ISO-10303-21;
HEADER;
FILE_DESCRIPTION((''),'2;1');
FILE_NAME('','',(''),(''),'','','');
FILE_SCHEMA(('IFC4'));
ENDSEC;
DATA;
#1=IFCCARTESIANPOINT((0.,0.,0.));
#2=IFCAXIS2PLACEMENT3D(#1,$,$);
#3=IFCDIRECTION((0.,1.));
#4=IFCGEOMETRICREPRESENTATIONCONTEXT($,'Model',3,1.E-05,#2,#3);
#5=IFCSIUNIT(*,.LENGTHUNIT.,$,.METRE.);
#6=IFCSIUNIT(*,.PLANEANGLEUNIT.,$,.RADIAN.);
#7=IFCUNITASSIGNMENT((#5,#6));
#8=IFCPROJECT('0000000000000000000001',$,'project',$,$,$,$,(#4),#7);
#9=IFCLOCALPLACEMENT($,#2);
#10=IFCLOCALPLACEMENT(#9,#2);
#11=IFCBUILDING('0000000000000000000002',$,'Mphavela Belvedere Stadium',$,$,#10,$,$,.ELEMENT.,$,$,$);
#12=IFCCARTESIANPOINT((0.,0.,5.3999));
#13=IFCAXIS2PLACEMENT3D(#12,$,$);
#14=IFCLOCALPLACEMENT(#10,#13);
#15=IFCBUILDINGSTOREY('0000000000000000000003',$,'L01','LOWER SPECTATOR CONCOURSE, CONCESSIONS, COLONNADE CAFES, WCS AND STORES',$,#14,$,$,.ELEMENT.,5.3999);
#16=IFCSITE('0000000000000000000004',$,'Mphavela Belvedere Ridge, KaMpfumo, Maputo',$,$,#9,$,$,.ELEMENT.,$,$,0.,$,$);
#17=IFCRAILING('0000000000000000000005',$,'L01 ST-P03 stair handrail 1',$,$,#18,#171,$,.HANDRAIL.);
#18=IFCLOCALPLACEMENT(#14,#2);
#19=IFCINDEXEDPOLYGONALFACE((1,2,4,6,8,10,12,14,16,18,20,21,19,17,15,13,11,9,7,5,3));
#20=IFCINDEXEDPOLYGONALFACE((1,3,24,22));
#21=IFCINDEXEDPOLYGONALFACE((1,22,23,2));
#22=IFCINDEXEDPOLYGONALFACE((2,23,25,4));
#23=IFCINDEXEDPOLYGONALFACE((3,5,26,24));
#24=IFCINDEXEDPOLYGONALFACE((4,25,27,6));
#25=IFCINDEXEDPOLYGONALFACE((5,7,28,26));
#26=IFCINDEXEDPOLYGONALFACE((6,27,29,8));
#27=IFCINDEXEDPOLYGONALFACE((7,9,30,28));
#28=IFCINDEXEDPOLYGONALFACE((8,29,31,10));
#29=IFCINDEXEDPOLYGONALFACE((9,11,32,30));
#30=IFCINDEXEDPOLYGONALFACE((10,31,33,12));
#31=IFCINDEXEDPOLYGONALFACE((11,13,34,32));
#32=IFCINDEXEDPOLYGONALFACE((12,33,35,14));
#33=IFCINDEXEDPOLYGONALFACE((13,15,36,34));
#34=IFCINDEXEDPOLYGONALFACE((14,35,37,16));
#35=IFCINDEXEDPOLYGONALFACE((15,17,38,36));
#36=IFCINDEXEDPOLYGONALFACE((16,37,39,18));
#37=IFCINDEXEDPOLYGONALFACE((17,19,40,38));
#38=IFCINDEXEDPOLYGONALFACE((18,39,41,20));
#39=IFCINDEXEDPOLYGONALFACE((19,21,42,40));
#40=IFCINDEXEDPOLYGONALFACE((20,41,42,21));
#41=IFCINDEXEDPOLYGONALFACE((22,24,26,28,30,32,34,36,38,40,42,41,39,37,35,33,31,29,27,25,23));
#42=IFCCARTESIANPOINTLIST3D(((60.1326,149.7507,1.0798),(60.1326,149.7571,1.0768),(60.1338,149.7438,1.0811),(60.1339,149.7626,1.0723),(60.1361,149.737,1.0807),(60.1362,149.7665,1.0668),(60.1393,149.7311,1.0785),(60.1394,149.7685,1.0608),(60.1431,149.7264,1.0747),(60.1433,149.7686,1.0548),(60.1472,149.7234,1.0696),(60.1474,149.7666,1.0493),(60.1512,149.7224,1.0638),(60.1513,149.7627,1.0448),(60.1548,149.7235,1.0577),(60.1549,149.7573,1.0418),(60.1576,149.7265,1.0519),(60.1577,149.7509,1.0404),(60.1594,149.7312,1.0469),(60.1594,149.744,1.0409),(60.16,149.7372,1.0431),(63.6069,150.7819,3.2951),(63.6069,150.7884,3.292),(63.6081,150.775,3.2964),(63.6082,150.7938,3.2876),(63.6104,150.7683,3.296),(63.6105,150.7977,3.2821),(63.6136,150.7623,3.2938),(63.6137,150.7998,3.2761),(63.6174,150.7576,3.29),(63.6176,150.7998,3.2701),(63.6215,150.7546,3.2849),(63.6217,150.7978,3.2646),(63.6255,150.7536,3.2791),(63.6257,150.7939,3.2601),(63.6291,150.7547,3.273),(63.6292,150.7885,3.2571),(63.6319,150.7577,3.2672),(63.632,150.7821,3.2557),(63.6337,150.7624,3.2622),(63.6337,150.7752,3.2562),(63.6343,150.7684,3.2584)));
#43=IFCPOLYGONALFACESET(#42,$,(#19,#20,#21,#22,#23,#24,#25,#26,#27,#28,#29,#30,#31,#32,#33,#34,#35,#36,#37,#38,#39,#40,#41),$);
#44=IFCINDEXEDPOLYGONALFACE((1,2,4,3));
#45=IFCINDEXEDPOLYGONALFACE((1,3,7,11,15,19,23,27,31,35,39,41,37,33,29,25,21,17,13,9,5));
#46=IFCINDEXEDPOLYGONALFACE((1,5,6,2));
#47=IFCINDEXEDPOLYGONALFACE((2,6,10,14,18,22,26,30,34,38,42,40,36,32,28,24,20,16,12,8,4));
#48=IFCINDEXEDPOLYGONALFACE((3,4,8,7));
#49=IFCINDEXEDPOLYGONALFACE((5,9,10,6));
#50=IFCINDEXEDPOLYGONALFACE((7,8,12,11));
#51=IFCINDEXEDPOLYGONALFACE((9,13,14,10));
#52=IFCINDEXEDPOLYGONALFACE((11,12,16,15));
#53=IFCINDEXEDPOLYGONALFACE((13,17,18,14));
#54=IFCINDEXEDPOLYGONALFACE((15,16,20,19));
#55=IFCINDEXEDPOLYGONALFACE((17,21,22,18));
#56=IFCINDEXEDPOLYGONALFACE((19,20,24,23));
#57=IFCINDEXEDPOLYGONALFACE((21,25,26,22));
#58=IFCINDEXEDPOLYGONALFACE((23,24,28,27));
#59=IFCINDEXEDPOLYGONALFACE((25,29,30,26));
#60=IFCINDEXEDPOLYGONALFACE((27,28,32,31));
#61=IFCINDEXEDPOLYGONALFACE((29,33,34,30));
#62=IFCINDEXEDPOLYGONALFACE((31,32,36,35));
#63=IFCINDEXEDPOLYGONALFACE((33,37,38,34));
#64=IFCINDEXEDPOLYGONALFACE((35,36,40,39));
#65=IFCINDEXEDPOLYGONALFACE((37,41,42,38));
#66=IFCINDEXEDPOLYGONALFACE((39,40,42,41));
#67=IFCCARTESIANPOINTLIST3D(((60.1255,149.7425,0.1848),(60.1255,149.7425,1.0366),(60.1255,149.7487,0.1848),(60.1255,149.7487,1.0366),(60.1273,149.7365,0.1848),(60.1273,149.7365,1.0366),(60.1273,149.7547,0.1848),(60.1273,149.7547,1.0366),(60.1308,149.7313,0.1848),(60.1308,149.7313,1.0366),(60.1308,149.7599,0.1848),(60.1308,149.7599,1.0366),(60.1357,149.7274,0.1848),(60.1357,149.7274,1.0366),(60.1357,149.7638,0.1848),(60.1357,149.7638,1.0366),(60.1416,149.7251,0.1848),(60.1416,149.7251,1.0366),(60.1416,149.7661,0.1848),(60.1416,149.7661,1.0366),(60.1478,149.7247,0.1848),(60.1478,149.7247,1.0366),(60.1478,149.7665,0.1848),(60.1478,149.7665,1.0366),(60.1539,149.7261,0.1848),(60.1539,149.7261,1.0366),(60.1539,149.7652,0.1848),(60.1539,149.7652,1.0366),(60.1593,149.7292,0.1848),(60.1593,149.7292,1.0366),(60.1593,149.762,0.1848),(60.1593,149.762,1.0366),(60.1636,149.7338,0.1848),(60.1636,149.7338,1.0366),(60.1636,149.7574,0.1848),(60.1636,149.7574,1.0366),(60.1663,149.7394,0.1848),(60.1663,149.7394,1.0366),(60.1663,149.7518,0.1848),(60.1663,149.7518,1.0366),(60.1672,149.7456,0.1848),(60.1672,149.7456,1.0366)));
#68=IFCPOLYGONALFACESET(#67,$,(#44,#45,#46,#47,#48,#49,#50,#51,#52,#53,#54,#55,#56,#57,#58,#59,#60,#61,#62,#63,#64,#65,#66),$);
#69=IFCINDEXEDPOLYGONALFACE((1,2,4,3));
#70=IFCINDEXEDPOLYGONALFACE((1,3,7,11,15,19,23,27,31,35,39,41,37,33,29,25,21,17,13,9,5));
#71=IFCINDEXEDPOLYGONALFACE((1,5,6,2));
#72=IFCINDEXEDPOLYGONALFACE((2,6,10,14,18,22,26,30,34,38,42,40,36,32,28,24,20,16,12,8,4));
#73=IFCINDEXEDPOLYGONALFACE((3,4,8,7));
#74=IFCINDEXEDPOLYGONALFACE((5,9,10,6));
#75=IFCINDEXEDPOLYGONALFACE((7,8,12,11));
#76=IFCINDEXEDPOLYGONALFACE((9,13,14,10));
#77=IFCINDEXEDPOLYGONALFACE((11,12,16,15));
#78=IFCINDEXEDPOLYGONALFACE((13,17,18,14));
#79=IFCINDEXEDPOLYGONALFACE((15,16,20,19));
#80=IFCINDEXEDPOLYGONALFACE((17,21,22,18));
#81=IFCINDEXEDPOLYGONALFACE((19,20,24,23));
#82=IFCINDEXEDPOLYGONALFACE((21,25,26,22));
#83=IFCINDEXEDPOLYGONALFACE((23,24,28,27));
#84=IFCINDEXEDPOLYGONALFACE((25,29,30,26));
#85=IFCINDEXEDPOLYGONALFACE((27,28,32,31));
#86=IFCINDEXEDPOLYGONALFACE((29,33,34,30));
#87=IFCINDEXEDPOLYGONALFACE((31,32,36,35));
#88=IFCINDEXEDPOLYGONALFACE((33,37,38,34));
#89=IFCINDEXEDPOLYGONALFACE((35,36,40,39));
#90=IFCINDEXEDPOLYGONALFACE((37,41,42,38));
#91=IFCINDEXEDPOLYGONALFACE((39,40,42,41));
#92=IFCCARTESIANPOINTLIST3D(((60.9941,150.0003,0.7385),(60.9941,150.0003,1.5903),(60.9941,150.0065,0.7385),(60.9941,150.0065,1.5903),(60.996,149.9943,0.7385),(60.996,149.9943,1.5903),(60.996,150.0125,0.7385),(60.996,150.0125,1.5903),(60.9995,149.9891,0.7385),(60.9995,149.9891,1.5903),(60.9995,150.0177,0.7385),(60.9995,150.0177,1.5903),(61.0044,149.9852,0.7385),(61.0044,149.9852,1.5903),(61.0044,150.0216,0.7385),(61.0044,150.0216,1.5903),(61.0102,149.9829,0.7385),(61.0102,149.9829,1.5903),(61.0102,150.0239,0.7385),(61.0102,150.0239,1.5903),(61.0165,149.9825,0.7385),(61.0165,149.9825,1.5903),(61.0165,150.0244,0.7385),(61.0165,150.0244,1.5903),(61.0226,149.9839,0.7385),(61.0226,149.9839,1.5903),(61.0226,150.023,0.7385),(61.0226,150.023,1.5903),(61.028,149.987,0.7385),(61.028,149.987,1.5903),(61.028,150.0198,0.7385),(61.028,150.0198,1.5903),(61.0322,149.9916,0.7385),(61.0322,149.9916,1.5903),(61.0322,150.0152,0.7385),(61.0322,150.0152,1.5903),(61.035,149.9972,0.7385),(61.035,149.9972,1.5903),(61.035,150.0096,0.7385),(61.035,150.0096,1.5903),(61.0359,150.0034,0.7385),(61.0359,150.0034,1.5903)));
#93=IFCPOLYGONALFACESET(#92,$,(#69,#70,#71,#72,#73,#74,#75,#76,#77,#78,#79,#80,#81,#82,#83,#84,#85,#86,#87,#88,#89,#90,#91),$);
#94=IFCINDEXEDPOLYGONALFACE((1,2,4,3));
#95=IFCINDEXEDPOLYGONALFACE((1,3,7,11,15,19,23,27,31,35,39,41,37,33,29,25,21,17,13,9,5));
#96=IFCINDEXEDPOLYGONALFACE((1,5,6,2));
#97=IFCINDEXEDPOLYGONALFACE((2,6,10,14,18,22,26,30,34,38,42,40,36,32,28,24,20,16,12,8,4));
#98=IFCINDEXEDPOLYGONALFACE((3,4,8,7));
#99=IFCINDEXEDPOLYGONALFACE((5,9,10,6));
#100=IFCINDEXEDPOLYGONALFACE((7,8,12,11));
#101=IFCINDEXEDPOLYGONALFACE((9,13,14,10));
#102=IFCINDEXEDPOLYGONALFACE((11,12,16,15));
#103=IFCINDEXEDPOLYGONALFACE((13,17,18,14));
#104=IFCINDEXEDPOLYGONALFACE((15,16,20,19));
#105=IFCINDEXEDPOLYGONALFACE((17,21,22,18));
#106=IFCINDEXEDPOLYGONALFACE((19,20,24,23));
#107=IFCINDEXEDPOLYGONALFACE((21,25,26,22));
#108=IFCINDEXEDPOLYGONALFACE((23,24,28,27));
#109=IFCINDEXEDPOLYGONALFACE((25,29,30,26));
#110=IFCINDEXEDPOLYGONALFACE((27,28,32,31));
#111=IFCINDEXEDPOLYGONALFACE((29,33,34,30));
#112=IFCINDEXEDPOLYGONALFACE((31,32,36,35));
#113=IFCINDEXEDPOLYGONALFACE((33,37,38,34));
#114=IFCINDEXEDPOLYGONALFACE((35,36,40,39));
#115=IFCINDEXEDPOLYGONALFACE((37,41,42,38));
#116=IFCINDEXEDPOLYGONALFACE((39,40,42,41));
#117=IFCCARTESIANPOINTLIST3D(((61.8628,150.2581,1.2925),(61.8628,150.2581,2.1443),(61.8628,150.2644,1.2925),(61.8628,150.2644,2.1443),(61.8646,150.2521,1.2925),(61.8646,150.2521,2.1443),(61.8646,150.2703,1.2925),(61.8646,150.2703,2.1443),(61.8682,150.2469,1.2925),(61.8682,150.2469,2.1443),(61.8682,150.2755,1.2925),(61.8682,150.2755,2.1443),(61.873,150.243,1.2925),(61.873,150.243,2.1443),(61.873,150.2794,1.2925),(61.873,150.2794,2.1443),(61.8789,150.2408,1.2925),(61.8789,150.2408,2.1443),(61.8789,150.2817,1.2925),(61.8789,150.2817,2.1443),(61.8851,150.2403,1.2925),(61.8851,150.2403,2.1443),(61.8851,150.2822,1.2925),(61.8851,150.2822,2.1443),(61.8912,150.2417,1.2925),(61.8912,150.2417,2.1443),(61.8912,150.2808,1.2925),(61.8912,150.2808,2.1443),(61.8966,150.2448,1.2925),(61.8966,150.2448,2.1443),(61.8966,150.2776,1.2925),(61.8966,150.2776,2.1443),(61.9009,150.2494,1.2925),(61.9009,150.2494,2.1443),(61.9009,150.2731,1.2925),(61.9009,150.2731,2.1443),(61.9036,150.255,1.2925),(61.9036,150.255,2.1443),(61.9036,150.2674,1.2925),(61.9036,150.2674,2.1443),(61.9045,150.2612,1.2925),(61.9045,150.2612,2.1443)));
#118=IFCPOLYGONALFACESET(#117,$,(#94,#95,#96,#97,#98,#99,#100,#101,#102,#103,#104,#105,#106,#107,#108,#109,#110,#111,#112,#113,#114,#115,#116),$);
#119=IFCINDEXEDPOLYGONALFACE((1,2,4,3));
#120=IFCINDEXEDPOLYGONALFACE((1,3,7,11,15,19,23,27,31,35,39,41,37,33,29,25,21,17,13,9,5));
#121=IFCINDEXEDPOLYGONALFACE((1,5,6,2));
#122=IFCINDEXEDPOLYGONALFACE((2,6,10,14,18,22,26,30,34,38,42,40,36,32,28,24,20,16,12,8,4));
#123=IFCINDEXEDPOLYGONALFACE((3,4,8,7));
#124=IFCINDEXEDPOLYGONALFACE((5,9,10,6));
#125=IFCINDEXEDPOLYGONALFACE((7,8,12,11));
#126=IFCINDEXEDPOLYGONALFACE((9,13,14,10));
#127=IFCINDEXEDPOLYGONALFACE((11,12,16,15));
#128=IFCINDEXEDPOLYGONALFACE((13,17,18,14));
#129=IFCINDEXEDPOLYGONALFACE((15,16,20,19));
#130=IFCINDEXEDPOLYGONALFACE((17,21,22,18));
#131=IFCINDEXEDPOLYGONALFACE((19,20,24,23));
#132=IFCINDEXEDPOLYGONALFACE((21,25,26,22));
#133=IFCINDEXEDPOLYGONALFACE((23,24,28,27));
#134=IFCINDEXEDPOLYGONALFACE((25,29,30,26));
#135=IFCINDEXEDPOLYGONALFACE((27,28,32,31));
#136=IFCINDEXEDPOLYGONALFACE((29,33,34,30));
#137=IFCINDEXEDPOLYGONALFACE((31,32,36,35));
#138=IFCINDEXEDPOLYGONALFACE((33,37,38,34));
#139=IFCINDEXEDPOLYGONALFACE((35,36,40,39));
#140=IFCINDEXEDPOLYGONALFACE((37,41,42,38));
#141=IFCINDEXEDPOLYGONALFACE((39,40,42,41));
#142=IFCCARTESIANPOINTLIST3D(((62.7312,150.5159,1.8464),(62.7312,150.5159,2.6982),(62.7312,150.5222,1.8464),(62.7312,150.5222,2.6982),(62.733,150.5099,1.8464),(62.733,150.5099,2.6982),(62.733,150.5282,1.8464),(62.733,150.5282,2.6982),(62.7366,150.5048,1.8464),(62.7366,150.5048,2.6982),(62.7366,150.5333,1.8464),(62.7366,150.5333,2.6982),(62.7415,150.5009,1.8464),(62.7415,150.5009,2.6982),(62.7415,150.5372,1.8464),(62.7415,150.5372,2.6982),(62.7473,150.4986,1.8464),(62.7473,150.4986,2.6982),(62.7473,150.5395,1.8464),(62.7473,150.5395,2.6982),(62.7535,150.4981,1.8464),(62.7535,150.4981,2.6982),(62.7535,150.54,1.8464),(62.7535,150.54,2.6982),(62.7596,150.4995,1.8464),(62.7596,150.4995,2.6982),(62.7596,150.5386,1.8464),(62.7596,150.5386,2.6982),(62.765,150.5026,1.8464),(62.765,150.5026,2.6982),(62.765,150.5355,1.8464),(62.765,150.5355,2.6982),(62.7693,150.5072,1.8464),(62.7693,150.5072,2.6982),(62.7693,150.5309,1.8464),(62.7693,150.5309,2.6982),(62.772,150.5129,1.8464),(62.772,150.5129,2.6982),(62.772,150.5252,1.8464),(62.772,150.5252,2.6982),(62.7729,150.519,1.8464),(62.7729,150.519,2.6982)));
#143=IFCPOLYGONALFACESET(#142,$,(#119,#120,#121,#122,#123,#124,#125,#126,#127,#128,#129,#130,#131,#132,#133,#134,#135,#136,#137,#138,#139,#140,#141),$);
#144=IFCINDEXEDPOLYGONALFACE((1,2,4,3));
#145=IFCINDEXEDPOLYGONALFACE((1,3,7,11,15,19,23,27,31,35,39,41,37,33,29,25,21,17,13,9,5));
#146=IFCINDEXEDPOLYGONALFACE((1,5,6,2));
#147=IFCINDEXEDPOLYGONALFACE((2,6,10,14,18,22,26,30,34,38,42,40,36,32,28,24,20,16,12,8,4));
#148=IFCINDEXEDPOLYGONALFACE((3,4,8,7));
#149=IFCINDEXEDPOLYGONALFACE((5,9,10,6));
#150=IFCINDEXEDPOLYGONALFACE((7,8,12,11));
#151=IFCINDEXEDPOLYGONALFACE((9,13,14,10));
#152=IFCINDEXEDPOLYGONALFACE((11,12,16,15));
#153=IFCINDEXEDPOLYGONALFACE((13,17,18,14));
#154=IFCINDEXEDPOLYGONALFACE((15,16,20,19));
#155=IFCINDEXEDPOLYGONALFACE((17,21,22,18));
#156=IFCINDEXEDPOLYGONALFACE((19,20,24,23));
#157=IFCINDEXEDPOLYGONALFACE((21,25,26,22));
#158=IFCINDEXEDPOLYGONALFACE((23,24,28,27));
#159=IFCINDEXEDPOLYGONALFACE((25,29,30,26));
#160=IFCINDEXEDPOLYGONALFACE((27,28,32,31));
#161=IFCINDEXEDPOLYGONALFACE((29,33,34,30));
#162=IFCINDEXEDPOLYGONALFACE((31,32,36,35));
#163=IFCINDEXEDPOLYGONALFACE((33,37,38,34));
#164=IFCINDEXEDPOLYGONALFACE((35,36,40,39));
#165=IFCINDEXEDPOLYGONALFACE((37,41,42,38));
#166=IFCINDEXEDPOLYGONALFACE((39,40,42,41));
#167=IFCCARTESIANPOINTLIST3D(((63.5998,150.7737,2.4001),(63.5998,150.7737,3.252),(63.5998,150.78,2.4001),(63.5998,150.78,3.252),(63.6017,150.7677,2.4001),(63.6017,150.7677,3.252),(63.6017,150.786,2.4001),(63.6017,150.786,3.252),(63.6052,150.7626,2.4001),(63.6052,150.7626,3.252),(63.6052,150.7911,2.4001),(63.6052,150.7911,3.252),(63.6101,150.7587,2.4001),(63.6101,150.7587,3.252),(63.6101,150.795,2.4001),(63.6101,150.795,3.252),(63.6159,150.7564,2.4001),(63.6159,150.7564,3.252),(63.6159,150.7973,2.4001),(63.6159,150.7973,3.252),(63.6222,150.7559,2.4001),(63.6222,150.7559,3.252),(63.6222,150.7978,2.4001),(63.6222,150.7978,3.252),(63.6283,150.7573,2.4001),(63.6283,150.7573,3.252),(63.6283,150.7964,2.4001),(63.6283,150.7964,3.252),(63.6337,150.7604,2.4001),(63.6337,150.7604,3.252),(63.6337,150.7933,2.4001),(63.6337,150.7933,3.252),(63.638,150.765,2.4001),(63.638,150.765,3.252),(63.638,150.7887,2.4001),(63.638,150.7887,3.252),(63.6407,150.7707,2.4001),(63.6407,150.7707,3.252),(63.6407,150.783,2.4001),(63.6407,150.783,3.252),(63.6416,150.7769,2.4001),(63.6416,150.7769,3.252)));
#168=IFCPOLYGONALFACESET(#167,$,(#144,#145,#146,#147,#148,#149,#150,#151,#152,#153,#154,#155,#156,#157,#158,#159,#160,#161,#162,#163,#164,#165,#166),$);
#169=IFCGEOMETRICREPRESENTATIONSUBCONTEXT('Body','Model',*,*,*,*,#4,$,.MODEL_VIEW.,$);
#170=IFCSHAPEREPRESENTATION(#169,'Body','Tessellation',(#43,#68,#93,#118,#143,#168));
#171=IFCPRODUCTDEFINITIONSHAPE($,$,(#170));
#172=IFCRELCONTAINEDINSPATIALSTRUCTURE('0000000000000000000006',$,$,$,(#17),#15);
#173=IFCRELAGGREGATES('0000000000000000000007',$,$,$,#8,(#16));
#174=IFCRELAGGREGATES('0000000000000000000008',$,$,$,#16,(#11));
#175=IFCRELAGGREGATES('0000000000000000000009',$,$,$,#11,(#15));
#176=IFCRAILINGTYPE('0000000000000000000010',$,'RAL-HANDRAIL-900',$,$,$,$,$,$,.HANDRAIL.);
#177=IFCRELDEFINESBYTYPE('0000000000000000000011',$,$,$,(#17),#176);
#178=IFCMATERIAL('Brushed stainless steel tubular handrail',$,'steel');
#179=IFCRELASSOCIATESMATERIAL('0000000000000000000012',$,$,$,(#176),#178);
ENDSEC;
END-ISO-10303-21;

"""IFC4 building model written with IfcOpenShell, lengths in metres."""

from ifc_helpers import new_model, si_unit, direction, frame, origin, origin_2d, place, context, subcontext, project, spatial, circle, extrude, material, type_object, element, save


model = new_model("IFC4")

# Units and contexts
model_context = context("Model", 3, precision=1e-05, world=origin(), true_north=direction((0.0, 1.0)))
body_context = subcontext(model_context, "Body", "Model", "MODEL_VIEW")
ifc_project = project(units=[si_unit("LENGTHUNIT", "METRE"), si_unit("PLANEANGLEUNIT", "RADIAN")], contexts=[model_context])

# Site, building, storey
site_placement = place(None, origin())
site = spatial("IfcSite", under=ifc_project, at=site_placement, Name="Mphavela Belvedere Ridge, KaMpfumo, Maputo", CompositionType="ELEMENT", RefElevation=0.0)
building_placement = place(site_placement, origin())
building = spatial("IfcBuilding", under=site, at=building_placement, Name="Mphavela Belvedere Stadium", CompositionType="ELEMENT")
storey_placement = place(building_placement, frame((0.0, 0.0, 5.3999)))
storey = spatial("IfcBuildingStorey", under=building, at=storey_placement, Name="L01", Description="LOWER SPECTATOR CONCOURSE, CONCESSIONS, COLONNADE CAFES, WCS AND STORES", CompositionType="ELEMENT", Elevation=5.3999)

# Railing
ifc_material_1 = material(Name="Brushed stainless steel tubular handrail", Category="steel")
railing_type_1 = type_object("IfcRailingType", Name="RAL-HANDRAIL-900", PredefinedType="HANDRAIL", material=ifc_material_1)
railing_1_placement = place(storey_placement, frame((60.1462, 149.7456, 0.1848)))
element("IfcRailing", 1, at=railing_1_placement, inside=storey, type_object=railing_type_1, Name="L01 ST-P03 stair handrail 1", PredefinedType="HANDRAIL", context=body_context, shape_type="SweptSolid", body=[
    extrude(circle(Radius=0.0239, at=origin_2d()), frame((0.0, 0.0, 0.876), z_axis=(0.817953, 0.242782, 0.521545), x_axis=(-0.284547, 0.958662, 0.0)), (0.0, 0.0, 1.0), 4.2476),
    extrude(circle(Radius=0.021, at=origin_2d()), origin(), (0.0, 0.0, 1.0), 0.8518),
    extrude(circle(Radius=0.021, at=origin_2d()), frame((0.8687, 0.2578, 0.5537)), (0.0, 0.0, 1.0), 0.8518),
    extrude(circle(Radius=0.021, at=origin_2d()), frame((1.7373, 0.5156, 1.1077)), (0.0, 0.0, 1.0), 0.8518),
    extrude(circle(Radius=0.021, at=origin_2d()), frame((2.6057, 0.7734, 1.6616)), (0.0, 0.0, 1.0), 0.8518),
    extrude(circle(Radius=0.021, at=origin_2d()), frame((3.4744, 1.0312, 2.2153)), (0.0, 0.0, 1.0), 0.8518),
])

save(model, "model.ifc")
